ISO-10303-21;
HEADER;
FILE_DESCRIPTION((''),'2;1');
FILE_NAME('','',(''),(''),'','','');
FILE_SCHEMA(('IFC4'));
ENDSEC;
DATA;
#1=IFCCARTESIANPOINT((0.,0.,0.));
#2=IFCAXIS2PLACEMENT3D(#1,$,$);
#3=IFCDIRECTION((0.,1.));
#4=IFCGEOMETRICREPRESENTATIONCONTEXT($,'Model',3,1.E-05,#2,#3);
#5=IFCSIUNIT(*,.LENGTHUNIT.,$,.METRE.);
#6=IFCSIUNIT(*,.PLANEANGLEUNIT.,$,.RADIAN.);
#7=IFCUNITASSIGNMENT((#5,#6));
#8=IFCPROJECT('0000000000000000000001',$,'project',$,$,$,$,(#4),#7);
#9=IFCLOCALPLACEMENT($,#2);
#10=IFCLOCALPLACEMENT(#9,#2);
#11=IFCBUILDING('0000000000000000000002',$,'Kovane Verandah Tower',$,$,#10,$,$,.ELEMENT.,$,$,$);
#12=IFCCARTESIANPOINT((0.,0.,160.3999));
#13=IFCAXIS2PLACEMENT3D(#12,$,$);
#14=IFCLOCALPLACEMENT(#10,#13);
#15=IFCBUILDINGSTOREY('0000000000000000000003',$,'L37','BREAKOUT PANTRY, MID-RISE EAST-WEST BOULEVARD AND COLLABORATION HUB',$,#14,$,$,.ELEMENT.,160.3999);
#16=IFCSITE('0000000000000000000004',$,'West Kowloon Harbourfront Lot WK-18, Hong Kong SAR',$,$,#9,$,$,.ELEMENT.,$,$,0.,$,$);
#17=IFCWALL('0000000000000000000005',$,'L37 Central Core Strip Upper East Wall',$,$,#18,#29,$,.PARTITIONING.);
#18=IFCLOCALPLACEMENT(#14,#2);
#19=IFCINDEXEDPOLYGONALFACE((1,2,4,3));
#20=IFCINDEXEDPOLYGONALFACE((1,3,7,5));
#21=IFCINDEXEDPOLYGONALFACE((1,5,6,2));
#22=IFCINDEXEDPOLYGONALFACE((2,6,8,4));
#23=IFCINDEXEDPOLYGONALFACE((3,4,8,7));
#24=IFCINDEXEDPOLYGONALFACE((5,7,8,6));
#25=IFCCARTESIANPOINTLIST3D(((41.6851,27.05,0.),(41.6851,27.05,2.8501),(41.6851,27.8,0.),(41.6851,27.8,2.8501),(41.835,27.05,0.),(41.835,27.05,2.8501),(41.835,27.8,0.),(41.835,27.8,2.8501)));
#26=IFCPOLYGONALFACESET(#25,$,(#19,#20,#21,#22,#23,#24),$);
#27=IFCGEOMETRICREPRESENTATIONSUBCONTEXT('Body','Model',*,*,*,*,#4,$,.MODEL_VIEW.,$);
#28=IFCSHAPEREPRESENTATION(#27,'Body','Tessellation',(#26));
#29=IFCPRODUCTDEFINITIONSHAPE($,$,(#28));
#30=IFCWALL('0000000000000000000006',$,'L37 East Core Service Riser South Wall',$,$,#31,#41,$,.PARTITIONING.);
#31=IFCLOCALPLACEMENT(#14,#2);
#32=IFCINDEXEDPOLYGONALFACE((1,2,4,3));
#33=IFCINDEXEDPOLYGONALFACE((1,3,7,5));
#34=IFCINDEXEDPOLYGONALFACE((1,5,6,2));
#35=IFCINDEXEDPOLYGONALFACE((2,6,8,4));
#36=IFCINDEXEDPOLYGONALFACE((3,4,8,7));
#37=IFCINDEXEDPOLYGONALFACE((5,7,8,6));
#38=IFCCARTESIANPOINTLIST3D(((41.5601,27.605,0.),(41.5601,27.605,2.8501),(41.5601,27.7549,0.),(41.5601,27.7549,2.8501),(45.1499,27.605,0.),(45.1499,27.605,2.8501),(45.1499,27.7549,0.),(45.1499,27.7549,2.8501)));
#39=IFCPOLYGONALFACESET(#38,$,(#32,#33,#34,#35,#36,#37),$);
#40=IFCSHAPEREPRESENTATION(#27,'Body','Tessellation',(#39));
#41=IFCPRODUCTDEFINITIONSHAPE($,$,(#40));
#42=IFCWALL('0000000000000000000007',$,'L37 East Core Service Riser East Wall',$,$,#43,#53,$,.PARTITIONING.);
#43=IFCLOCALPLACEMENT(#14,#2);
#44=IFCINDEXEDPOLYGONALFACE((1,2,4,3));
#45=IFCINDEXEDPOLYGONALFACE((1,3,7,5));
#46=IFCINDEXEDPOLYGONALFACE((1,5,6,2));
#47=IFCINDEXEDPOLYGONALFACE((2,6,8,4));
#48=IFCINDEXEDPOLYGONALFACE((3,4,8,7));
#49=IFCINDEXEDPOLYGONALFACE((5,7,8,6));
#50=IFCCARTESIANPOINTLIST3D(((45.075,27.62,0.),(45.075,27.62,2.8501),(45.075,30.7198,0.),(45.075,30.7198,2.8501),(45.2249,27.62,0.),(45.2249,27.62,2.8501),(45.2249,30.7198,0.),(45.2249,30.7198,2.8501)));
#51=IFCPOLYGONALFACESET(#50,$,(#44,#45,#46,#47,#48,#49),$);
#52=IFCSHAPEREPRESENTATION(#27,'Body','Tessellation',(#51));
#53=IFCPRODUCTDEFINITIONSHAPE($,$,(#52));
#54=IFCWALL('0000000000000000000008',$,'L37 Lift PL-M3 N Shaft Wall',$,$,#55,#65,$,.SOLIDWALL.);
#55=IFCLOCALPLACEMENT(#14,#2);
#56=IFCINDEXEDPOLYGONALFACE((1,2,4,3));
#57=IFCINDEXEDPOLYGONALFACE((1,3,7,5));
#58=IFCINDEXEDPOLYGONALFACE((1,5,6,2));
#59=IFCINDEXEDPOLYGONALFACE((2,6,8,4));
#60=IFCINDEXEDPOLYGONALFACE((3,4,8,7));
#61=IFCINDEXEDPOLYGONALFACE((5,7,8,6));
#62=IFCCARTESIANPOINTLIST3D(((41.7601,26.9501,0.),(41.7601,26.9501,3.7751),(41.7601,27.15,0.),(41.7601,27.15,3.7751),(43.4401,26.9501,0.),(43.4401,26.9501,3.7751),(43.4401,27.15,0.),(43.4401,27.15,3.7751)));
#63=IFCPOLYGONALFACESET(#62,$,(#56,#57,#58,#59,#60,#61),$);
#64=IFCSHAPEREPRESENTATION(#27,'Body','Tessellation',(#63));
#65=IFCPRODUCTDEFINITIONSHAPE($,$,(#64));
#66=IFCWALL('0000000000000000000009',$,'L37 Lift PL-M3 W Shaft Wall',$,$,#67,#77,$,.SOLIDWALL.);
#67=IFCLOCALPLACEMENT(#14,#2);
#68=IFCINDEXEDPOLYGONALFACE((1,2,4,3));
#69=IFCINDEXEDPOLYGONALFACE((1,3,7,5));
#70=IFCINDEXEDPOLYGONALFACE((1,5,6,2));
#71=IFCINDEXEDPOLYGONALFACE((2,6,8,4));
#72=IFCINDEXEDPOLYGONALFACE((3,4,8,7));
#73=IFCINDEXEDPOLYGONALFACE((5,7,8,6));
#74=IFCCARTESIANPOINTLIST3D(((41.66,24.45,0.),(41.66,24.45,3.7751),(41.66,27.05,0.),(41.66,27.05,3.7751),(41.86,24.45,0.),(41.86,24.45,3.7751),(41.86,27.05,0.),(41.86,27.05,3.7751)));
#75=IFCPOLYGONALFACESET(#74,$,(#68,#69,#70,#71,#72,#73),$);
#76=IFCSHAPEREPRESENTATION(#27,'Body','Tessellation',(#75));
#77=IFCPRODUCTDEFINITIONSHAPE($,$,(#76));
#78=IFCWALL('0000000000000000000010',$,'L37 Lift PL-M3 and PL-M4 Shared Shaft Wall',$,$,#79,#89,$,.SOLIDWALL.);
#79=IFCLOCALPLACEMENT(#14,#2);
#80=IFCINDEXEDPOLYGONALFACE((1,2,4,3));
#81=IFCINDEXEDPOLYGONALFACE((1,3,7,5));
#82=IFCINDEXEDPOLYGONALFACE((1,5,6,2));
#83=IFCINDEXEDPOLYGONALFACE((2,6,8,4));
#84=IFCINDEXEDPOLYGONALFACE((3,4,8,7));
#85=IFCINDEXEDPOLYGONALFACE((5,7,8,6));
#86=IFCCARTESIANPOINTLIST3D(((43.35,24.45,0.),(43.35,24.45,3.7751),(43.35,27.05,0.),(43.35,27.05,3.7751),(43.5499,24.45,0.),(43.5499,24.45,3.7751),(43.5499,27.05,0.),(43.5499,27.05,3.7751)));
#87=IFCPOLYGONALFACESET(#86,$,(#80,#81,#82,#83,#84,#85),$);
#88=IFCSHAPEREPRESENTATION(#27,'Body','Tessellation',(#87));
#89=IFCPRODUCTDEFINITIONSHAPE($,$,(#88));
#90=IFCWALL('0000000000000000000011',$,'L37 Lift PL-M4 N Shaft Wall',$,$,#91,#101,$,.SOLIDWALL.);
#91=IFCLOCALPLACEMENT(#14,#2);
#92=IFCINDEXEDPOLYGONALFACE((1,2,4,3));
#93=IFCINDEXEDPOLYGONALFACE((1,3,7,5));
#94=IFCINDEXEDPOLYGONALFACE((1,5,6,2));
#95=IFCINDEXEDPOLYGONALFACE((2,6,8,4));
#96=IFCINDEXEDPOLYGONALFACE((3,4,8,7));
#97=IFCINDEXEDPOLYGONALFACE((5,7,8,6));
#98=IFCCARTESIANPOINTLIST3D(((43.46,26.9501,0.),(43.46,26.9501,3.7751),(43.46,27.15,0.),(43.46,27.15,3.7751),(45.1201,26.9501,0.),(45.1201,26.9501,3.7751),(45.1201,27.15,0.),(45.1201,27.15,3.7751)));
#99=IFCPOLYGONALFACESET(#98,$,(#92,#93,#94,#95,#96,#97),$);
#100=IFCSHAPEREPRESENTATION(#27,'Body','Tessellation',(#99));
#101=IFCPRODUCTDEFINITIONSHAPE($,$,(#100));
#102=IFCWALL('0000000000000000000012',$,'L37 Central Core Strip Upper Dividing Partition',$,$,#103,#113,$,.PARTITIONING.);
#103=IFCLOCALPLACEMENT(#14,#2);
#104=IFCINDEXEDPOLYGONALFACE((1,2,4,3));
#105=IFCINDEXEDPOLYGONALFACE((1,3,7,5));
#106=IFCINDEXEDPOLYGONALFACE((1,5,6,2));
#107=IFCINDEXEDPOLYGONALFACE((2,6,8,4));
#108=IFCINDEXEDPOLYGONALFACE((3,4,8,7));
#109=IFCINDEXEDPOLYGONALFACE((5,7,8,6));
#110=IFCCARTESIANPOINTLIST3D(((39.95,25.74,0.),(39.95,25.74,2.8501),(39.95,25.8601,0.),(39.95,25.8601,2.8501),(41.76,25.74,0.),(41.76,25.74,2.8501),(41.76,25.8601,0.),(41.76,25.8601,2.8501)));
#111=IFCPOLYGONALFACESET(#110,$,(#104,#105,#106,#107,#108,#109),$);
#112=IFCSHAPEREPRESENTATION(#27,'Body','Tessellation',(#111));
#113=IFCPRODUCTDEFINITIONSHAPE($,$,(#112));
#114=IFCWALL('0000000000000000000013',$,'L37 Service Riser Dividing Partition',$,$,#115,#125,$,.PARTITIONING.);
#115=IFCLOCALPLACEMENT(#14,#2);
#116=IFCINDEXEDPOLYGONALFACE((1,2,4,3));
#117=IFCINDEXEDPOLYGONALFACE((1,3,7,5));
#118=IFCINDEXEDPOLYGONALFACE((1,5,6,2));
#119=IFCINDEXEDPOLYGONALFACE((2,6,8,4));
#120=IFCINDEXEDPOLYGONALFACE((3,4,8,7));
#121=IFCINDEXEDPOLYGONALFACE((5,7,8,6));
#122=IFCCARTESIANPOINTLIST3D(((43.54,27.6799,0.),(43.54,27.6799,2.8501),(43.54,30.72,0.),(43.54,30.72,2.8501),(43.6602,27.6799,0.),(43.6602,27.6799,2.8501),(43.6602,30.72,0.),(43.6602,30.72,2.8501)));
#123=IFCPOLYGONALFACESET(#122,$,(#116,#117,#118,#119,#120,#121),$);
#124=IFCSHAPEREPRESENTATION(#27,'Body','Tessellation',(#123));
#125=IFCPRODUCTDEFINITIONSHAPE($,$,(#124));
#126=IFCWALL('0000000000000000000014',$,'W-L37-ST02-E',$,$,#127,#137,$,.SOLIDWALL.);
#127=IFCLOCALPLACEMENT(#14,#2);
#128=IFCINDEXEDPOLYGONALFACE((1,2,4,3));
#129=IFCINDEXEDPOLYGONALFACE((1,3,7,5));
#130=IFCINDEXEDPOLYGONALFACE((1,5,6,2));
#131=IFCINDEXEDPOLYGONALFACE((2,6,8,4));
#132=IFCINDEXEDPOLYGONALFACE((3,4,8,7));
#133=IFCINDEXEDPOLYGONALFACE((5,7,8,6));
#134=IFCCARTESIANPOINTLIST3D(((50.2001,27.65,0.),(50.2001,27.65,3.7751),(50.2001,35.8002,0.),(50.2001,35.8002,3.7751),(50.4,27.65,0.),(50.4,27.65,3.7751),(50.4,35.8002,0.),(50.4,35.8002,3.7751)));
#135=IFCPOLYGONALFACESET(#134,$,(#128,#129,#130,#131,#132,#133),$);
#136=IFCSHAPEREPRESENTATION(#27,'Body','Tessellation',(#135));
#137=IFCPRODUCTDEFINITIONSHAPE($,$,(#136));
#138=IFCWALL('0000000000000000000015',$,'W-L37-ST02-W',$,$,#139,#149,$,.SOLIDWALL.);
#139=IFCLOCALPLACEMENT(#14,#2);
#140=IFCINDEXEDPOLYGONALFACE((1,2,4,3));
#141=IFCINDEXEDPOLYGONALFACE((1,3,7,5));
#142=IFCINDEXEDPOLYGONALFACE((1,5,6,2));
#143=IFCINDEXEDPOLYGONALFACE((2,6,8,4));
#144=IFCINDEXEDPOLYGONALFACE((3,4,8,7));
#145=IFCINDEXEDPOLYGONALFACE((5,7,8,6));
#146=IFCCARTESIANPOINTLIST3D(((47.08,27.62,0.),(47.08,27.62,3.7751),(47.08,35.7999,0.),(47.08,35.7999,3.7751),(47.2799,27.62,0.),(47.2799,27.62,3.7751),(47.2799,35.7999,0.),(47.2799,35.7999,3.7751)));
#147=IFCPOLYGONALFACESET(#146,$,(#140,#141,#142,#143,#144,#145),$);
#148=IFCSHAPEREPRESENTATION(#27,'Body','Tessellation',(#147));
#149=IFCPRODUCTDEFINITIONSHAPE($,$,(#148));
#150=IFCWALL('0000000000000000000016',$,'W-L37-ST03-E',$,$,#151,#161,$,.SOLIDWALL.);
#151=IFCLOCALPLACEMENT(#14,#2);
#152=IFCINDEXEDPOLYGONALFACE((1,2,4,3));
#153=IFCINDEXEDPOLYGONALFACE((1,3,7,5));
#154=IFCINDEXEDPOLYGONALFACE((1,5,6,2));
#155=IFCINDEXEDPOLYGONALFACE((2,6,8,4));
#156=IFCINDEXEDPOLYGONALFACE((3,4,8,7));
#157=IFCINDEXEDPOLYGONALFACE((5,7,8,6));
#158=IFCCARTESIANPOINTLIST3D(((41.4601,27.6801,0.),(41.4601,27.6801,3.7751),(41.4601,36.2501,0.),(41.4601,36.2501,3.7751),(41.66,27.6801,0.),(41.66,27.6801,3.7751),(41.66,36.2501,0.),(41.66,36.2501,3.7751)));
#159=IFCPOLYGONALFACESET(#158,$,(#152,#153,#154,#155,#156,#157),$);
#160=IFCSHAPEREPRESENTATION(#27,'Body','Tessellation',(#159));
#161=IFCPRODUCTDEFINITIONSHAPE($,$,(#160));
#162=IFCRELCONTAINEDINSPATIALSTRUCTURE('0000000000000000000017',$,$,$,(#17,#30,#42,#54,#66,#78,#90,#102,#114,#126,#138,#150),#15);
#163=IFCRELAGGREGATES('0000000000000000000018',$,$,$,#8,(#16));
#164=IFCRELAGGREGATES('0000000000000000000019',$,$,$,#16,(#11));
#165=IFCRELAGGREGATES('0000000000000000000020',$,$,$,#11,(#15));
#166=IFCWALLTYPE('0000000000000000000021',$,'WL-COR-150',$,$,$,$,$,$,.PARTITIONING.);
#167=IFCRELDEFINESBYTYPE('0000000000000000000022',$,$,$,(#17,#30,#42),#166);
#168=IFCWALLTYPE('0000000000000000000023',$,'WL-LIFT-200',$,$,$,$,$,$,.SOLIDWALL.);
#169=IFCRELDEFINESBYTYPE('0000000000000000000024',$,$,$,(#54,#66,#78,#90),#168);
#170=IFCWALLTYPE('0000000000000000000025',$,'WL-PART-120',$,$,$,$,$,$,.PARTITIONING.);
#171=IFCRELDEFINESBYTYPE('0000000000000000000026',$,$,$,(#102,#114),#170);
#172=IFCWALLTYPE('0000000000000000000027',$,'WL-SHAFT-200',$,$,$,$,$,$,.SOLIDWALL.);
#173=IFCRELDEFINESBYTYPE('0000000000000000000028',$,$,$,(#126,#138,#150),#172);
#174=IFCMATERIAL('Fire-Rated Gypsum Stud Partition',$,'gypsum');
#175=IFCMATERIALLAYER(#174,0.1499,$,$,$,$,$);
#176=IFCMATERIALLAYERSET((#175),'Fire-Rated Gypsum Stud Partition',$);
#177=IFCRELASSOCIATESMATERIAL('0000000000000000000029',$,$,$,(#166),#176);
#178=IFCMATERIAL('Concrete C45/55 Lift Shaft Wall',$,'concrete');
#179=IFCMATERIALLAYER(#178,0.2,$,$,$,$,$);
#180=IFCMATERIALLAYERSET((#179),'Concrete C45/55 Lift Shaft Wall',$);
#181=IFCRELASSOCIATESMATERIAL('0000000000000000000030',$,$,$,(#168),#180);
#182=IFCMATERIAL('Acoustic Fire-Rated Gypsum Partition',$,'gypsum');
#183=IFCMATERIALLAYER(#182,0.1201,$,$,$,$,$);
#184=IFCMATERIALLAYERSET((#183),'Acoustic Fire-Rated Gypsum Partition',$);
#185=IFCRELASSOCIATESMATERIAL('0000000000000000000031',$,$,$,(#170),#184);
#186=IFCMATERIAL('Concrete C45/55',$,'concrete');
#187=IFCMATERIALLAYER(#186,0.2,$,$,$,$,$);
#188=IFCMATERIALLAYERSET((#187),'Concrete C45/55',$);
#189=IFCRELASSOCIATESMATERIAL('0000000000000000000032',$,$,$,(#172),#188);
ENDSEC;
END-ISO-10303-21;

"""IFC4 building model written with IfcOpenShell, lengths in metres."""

from ifc_helpers import new_model, si_unit, direction, frame, frame_2d, origin, place, context, subcontext, project, spatial, rectangle, extrude, material, layer, layer_set, type_object, element, save


model = new_model("IFC4")

# Units and contexts
model_context = context("Model", 3, precision=1e-05, world=origin(), true_north=direction((0.0, 1.0)))
body_context = subcontext(model_context, "Body", "Model", "MODEL_VIEW")
ifc_project = project(units=[si_unit("LENGTHUNIT", "METRE"), si_unit("PLANEANGLEUNIT", "RADIAN")], contexts=[model_context])

# Site, building, storey
site_placement = place(None, origin())
site = spatial("IfcSite", under=ifc_project, at=site_placement, Name="West Kowloon Harbourfront Lot WK-18, Hong Kong SAR", CompositionType="ELEMENT", RefElevation=0.0)
building_placement = place(site_placement, origin())
building = spatial("IfcBuilding", under=site, at=building_placement, Name="Kovane Verandah Tower", CompositionType="ELEMENT")
storey_placement = place(building_placement, frame((0.0, 0.0, 160.3999)))
storey = spatial("IfcBuildingStorey", under=building, at=storey_placement, Name="L37", Description="BREAKOUT PANTRY, MID-RISE EAST-WEST BOULEVARD AND COLLABORATION HUB", CompositionType="ELEMENT", Elevation=160.3999)

# Wall
ifc_material_1 = material(Name="Fire-Rated Gypsum Stud Partition", Category="gypsum")
ifc_layer_1 = layer(ifc_material_1, 0.1499)
ifc_layer_set_1 = layer_set([ifc_layer_1], Name="Fire-Rated Gypsum Stud Partition")
wall_type_1 = type_object("IfcWallType", Name="WL-COR-150", PredefinedType="PARTITIONING", material=ifc_layer_set_1)
wall_1_placement = place(storey_placement, frame((41.76, 27.05, 0.0), z_axis=(0.0, 0.0, 1.0), x_axis=(0.0, 1.0, 0.0)))
element("IfcWall", 1, at=wall_1_placement, inside=storey, type_object=wall_type_1, Name="L37 Central Core Strip Upper East Wall", PredefinedType="PARTITIONING", context=body_context, shape_type="SweptSolid", body=[
    extrude(rectangle(XDim=0.75, YDim=0.1499, at=frame_2d((0.375, 0.0))), origin(), (0.0, 0.0, 1.0), 2.8501),
])

# Walls
wall_2_placement = place(storey_placement, frame((41.5601, 27.6799, 0.0), z_axis=(0.0, 0.0, 1.0), x_axis=(1.0, 0.0, 0.0)))
element("IfcWall", 2, at=wall_2_placement, inside=storey, type_object=wall_type_1, Name="L37 East Core Service Riser South Wall", PredefinedType="PARTITIONING", context=body_context, shape_type="SweptSolid", body=[
    extrude(rectangle(XDim=3.5898, YDim=0.1499, at=frame_2d((1.7949, 0.0))), origin(), (0.0, 0.0, 1.0), 2.8501),
])
wall_3_placement = place(storey_placement, frame((45.1499, 27.6201, 0.0), z_axis=(0.0, 0.0, 1.0), x_axis=(0.0, 1.0, 0.0)))
element("IfcWall", 3, at=wall_3_placement, inside=storey, type_object=wall_type_1, Name="L37 East Core Service Riser East Wall", PredefinedType="PARTITIONING", context=body_context, shape_type="SweptSolid", body=[
    extrude(rectangle(XDim=3.0999, YDim=0.1499, at=frame_2d((1.5498, 0.0))), origin(), (0.0, 0.0, 1.0), 2.8501),
])

# Shared definitions
ifc_material_2 = material(Name="Concrete C45/55 Lift Shaft Wall", Category="concrete")
ifc_layer_2 = layer(ifc_material_2, 0.2)
ifc_layer_set_2 = layer_set([ifc_layer_2], Name="Concrete C45/55 Lift Shaft Wall")
wall_type_2 = type_object("IfcWallType", Name="WL-LIFT-200", PredefinedType="SOLIDWALL", material=ifc_layer_set_2)

# Walls
wall_4_placement = place(storey_placement, frame((43.4399, 27.05, 0.0), z_axis=(0.0, 0.0, 1.0), x_axis=(-1.0, 0.0, 0.0)))
element("IfcWall", 4, at=wall_4_placement, inside=storey, type_object=wall_type_2, Name="L37 Lift PL-M3 N Shaft Wall", PredefinedType="SOLIDWALL", context=body_context, shape_type="SweptSolid", body=[
    extrude(rectangle(XDim=1.6799, YDim=0.2, at=frame_2d((0.8398, 0.0))), origin(), (0.0, 0.0, 1.0), 3.7751),
])
for number, where, z_axis, x_axis, name in (
    (5, (41.76, 27.05, 0.0), (0.0, 0.0, 1.0), (0.0, -1.0, 0.0), "L37 Lift PL-M3 W Shaft Wall"),
    (6, (43.45, 24.45, 0.0), (0.0, 0.0, 1.0), (0.0, 1.0, 0.0), "L37 Lift PL-M3 and PL-M4 Shared Shaft Wall"),
):
    element("IfcWall", number, at=place(storey_placement, frame(where, z_axis=z_axis, x_axis=x_axis)), inside=storey, type_object=wall_type_2, Name=name, PredefinedType="SOLIDWALL", context=body_context, shape_type="SweptSolid", body=[
        extrude(rectangle(XDim=2.6001, YDim=0.2, at=frame_2d((1.3, 0.0))), origin(), (0.0, 0.0, 1.0), 3.7751),
    ])

# Walls
wall_5_placement = place(storey_placement, frame((45.1201, 27.05, 0.0), z_axis=(0.0, 0.0, 1.0), x_axis=(-1.0, 0.0, 0.0)))
element("IfcWall", 7, at=wall_5_placement, inside=storey, type_object=wall_type_2, Name="L37 Lift PL-M4 N Shaft Wall", PredefinedType="SOLIDWALL", context=body_context, shape_type="SweptSolid", body=[
    extrude(rectangle(XDim=1.6602, YDim=0.2, at=frame_2d((0.8301, 0.0))), origin(), (0.0, 0.0, 1.0), 3.7751),
])
ifc_material_3 = material(Name="Acoustic Fire-Rated Gypsum Partition", Category="gypsum")
ifc_layer_3 = layer(ifc_material_3, 0.1201)
ifc_layer_set_3 = layer_set([ifc_layer_3], Name="Acoustic Fire-Rated Gypsum Partition")
wall_type_3 = type_object("IfcWallType", Name="WL-PART-120", PredefinedType="PARTITIONING", material=ifc_layer_set_3)
wall_6_placement = place(storey_placement, frame((39.95, 25.8, 0.0), z_axis=(0.0, 0.0, 1.0), x_axis=(1.0, 0.0, 0.0)))
element("IfcWall", 8, at=wall_6_placement, inside=storey, type_object=wall_type_3, Name="L37 Central Core Strip Upper Dividing Partition", PredefinedType="PARTITIONING", context=body_context, shape_type="SweptSolid", body=[
    extrude(rectangle(XDim=1.8101, YDim=0.1201, at=frame_2d((0.905, 0.0))), origin(), (0.0, 0.0, 1.0), 2.8501),
])
wall_7_placement = place(storey_placement, frame((43.6001, 27.6799, 0.0), z_axis=(0.0, 0.0, 1.0), x_axis=(0.0, 1.0, 0.0)))
element("IfcWall", 9, at=wall_7_placement, inside=storey, type_object=wall_type_3, Name="L37 Service Riser Dividing Partition", PredefinedType="PARTITIONING", context=body_context, shape_type="SweptSolid", body=[
    extrude(rectangle(XDim=3.04, YDim=0.1201, at=frame_2d((1.52, 0.0))), origin(), (0.0, 0.0, 1.0), 2.8501),
])
ifc_material_4 = material(Name="Concrete C45/55", Category="concrete")
ifc_layer_4 = layer(ifc_material_4, 0.2)
ifc_layer_set_4 = layer_set([ifc_layer_4], Name="Concrete C45/55")
wall_type_4 = type_object("IfcWallType", Name="WL-SHAFT-200", PredefinedType="SOLIDWALL", material=ifc_layer_set_4)
wall_8_placement = place(storey_placement, frame((50.3, 27.6499, 0.0), z_axis=(0.0, 0.0, 1.0), x_axis=(0.0, 1.0, 0.0)))
element("IfcWall", 10, at=wall_8_placement, inside=storey, type_object=wall_type_4, Name="W-L37-ST02-E", PredefinedType="SOLIDWALL", context=body_context, shape_type="SweptSolid", body=[
    extrude(rectangle(XDim=8.1501, YDim=0.2, at=frame_2d((4.0752, 0.0))), origin(), (0.0, 0.0, 1.0), 3.7751),
])
wall_9_placement = place(storey_placement, frame((47.1799, 27.6201, 0.0), z_axis=(0.0, 0.0, 1.0), x_axis=(0.0, 1.0, 0.0)))
element("IfcWall", 11, at=wall_9_placement, inside=storey, type_object=wall_type_4, Name="W-L37-ST02-W", PredefinedType="SOLIDWALL", context=body_context, shape_type="SweptSolid", body=[
    extrude(rectangle(XDim=8.1799, YDim=0.2, at=frame_2d((4.0898, 0.0))), origin(), (0.0, 0.0, 1.0), 3.7751),
])

# Wall
wall_10_placement = place(storey_placement, frame((41.5601, 27.6799, 0.0), z_axis=(0.0, 0.0, 1.0), x_axis=(0.0, 1.0, 0.0)))
element("IfcWall", 12, at=wall_10_placement, inside=storey, type_object=wall_type_4, Name="W-L37-ST03-E", PredefinedType="SOLIDWALL", context=body_context, shape_type="SweptSolid", body=[
    extrude(rectangle(XDim=8.5701, YDim=0.2, at=frame_2d((4.2852, 0.0))), origin(), (0.0, 0.0, 1.0), 3.7751),
])

save(model, "model.ifc")
